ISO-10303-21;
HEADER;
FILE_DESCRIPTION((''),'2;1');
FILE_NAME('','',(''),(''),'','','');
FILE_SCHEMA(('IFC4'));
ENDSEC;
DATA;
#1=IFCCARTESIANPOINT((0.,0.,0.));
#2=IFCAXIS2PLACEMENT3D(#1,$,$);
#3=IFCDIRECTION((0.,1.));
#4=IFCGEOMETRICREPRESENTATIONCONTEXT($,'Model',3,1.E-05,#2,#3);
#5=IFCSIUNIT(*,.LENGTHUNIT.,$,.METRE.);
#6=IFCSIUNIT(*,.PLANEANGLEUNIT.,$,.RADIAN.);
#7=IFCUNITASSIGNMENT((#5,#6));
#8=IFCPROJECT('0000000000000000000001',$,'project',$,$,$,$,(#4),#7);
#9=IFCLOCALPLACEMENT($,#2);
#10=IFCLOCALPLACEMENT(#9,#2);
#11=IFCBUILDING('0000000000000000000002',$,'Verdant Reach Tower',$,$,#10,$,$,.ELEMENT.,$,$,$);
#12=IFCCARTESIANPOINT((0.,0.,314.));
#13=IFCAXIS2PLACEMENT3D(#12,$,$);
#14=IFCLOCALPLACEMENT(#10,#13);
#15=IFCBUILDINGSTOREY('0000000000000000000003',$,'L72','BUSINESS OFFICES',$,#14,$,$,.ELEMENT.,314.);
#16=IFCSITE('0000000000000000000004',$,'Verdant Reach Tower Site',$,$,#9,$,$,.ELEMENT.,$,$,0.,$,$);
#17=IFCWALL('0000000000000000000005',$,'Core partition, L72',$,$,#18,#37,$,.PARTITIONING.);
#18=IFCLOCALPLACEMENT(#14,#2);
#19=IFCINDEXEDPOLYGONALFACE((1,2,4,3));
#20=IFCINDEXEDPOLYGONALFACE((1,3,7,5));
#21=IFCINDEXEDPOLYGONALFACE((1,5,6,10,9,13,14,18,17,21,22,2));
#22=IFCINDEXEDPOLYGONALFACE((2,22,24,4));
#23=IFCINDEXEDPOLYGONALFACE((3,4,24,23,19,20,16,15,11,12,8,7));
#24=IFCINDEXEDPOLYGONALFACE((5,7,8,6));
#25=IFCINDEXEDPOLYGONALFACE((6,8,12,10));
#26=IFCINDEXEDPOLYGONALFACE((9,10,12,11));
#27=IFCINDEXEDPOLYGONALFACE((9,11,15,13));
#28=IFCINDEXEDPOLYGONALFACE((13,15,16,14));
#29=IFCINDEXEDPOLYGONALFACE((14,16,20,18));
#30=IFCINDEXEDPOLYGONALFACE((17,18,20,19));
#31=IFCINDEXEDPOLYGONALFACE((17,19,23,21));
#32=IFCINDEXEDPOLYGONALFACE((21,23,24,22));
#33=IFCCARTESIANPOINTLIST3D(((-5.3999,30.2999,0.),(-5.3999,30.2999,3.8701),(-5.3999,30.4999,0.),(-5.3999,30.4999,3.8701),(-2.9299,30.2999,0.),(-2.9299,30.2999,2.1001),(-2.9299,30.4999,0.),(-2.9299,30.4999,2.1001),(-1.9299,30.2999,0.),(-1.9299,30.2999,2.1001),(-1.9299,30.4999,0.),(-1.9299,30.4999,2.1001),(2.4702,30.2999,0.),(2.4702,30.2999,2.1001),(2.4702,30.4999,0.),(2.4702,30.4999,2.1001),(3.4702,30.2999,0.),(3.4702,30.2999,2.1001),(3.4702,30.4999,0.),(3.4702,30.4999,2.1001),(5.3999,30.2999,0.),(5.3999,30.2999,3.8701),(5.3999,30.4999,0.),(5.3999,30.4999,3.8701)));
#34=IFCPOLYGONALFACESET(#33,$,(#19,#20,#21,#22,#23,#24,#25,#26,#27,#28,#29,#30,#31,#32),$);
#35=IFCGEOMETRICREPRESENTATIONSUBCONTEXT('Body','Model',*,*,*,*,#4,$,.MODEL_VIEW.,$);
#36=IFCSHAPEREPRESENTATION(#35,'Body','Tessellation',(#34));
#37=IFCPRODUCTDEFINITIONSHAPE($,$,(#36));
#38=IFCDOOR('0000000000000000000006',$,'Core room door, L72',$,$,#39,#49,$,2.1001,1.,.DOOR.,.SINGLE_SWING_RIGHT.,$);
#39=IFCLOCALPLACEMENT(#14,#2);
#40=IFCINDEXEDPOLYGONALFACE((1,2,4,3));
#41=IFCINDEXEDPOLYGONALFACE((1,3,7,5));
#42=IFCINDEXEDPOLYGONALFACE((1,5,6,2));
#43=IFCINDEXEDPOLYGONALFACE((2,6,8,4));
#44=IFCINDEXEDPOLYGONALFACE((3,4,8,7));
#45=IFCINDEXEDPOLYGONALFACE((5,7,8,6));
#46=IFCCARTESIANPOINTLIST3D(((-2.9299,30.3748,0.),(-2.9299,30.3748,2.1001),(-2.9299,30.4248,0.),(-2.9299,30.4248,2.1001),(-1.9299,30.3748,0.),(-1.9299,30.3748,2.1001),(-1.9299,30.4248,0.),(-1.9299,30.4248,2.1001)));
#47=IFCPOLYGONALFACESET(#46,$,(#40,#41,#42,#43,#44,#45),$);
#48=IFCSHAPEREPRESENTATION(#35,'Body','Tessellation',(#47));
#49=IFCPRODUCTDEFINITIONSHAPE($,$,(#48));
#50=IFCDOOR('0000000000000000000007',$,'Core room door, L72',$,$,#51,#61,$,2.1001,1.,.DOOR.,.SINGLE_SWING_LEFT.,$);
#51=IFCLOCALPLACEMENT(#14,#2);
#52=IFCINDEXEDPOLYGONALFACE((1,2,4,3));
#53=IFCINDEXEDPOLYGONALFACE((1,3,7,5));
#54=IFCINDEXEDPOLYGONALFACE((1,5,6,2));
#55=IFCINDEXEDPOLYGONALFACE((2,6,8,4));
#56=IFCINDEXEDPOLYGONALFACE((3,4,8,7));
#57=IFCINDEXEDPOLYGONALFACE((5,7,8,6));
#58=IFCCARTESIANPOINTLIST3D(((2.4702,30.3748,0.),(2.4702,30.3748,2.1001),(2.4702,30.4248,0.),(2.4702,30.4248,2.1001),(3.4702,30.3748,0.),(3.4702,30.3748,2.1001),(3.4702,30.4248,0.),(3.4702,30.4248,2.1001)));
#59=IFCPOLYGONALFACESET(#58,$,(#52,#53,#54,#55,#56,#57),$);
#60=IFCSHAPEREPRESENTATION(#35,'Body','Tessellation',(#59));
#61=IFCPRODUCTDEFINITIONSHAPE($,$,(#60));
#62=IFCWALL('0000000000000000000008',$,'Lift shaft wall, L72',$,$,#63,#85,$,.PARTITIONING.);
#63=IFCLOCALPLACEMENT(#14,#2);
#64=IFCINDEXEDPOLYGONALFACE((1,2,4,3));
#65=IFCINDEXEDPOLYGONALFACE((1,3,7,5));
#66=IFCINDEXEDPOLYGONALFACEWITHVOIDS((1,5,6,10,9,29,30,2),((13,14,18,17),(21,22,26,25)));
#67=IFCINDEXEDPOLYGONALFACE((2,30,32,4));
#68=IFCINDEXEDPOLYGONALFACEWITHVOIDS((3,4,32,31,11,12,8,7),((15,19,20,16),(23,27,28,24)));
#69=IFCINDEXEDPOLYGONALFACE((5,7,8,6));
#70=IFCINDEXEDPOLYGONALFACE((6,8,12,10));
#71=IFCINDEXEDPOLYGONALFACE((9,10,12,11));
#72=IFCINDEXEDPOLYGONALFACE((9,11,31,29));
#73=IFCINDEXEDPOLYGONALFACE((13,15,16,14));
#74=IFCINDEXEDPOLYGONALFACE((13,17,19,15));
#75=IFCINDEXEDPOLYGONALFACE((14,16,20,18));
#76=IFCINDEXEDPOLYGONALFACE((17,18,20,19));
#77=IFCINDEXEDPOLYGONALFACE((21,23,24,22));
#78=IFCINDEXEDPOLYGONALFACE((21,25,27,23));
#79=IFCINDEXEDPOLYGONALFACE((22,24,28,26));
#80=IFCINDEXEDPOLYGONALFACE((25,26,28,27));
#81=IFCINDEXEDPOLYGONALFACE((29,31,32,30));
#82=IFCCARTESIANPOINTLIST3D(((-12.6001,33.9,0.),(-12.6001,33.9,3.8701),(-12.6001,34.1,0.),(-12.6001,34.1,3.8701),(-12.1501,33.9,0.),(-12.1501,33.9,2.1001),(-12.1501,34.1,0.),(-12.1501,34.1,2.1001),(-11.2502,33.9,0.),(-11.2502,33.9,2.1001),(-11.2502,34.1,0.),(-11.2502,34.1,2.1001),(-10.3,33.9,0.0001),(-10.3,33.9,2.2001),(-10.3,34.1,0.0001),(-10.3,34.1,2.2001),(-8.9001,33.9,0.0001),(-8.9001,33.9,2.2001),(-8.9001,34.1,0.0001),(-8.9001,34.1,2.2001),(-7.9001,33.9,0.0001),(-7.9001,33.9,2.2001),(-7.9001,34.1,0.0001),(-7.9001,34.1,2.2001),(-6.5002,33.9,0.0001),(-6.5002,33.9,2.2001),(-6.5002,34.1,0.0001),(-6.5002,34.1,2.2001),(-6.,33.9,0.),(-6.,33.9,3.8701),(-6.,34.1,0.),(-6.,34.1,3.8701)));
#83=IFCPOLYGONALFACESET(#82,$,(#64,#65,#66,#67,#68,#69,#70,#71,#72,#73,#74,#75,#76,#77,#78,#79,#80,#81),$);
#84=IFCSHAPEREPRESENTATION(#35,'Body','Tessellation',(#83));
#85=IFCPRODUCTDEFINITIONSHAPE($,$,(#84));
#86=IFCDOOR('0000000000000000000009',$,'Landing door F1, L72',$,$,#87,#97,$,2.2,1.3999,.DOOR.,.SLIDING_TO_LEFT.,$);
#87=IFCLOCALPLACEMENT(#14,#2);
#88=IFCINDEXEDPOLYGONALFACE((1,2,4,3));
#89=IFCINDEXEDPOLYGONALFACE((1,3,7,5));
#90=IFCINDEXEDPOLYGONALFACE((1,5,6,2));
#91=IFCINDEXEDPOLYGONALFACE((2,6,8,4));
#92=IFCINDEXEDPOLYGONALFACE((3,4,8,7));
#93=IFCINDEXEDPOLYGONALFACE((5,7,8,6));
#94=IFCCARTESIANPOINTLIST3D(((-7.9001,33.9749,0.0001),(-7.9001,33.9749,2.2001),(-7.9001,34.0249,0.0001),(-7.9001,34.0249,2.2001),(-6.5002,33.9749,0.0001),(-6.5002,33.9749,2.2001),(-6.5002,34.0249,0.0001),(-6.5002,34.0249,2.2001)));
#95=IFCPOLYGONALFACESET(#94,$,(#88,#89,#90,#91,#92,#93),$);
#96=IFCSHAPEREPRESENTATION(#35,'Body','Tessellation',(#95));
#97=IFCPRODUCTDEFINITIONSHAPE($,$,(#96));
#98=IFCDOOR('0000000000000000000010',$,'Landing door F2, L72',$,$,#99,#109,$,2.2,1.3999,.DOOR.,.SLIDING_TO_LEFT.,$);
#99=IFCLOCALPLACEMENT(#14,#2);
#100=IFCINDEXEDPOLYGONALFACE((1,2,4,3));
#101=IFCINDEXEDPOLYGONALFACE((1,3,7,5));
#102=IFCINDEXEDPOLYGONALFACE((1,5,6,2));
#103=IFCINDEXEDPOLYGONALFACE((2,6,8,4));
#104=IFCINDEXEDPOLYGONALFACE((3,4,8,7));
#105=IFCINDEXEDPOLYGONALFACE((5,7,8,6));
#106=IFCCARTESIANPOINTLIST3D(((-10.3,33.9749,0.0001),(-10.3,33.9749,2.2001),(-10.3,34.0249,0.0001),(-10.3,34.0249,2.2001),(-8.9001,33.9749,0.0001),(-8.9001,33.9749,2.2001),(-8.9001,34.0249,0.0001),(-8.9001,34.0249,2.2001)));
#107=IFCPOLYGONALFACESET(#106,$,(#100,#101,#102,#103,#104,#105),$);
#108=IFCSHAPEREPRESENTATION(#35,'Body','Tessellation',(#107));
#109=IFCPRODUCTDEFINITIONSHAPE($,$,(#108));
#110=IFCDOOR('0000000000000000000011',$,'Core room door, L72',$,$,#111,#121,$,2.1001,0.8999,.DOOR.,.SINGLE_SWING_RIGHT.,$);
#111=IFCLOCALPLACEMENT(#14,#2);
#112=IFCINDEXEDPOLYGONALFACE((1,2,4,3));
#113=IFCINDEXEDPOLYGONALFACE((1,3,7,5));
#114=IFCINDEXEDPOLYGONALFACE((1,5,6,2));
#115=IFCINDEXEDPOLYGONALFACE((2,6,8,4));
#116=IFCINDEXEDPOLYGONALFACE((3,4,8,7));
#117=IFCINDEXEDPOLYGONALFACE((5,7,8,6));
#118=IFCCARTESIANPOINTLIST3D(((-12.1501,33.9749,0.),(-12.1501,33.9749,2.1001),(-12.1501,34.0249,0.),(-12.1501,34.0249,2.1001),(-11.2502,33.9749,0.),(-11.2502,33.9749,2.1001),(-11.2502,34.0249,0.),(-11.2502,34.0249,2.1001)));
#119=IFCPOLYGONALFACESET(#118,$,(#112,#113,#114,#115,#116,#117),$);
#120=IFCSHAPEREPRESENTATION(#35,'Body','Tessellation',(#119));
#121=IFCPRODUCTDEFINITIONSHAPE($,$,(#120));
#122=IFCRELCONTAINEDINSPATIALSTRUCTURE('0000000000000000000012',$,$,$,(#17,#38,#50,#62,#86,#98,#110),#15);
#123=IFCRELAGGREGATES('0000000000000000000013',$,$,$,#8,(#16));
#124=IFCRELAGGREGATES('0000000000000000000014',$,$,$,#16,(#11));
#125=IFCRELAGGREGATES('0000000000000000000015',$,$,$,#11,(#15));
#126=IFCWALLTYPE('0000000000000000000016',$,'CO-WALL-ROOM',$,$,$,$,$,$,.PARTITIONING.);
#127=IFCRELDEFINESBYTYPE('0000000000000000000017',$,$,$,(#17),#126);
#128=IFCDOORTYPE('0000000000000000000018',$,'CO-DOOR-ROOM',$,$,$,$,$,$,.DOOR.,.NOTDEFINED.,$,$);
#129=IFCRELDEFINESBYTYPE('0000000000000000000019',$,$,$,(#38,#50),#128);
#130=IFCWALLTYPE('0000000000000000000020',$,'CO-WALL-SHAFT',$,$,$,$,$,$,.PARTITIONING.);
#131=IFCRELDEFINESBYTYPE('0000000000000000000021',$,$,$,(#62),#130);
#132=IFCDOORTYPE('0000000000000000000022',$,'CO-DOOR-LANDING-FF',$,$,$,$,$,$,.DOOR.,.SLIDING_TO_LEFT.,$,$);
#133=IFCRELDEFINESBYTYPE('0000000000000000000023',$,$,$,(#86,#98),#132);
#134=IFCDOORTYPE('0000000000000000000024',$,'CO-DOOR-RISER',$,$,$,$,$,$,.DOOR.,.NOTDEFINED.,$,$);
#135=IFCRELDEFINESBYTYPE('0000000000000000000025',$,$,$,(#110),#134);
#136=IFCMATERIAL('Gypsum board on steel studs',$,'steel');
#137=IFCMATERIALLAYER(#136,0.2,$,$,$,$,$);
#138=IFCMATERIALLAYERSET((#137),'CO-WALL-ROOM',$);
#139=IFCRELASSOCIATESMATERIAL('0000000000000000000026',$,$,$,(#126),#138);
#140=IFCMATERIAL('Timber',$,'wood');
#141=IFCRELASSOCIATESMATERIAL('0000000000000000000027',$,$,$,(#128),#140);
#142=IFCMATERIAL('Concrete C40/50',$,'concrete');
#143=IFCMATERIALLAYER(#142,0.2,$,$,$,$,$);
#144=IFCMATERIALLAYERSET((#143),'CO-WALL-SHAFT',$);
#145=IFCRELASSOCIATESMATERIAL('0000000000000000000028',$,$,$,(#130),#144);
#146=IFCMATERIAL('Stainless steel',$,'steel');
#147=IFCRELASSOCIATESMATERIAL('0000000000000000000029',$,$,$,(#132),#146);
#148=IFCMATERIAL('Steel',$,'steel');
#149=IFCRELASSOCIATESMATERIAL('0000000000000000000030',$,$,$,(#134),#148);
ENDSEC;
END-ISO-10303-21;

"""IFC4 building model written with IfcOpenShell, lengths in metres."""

from ifc_helpers import new_model, si_unit, direction, frame, frame_2d, origin, place, context, subcontext, project, spatial, rectangle, extrude, material, layer, layer_set, type_object, element, fill, save


model = new_model("IFC4")

# Units and contexts
model_context = context("Model", 3, precision=1e-05, world=origin(), true_north=direction((0.0, 1.0)))
body_context = subcontext(model_context, "Body", "Model", "MODEL_VIEW")
ifc_project = project(units=[si_unit("LENGTHUNIT", "METRE"), si_unit("PLANEANGLEUNIT", "RADIAN")], contexts=[model_context])

# Site, building, storey
site_placement = place(None, origin())
site = spatial("IfcSite", under=ifc_project, at=site_placement, Name="Verdant Reach Tower Site", CompositionType="ELEMENT", RefElevation=0.0)
building_placement = place(site_placement, origin())
building = spatial("IfcBuilding", under=site, at=building_placement, Name="Verdant Reach Tower", CompositionType="ELEMENT")
storey_placement = place(building_placement, frame((0.0, 0.0, 314.0)))
storey = spatial("IfcBuildingStorey", under=building, at=storey_placement, Name="L72", Description="BUSINESS OFFICES", CompositionType="ELEMENT", Elevation=314.0)

# Walls, openings, doors
ifc_material_1 = material(Name="Gypsum board on steel studs", Category="steel")
ifc_layer_1 = layer(ifc_material_1, 0.2)
ifc_layer_set_1 = layer_set([ifc_layer_1], Name="CO-WALL-ROOM")
wall_type_1 = type_object("IfcWallType", Name="CO-WALL-ROOM", PredefinedType="PARTITIONING", material=ifc_layer_set_1)
wall_1_placement = place(storey_placement, frame((-5.3999, 30.3999, 0.0), z_axis=(0.0, 0.0, 1.0), x_axis=(1.0, 0.0, 0.0)))
wall_1 = element("IfcWall", 1, at=wall_1_placement, inside=storey, type_object=wall_type_1, Name="Core partition, L72", PredefinedType="PARTITIONING", context=body_context, shape_type="SweptSolid", body=[
    extrude(rectangle(XDim=10.7998, YDim=0.2, at=frame_2d((5.3999, 0.0))), origin(), (0.0, 0.0, 1.0), 3.8701),
])
opening_1_placement = place(wall_1_placement, frame((2.47, 0.0, 0.0)))
opening_1 = element("IfcOpeningElement", 2, at=opening_1_placement, cuts=wall_1, PredefinedType="OPENING", context=body_context, shape_type="SweptSolid", body=[
    extrude(rectangle(XDim=1.0, YDim=2.1001, at=frame_2d((0.5, 1.05))), frame((0.0, 0.1099, 0.0), z_axis=(0.0, -1.0, 0.0), x_axis=(1.0, 0.0, 0.0)), (0.0, 0.0, 1.0), 0.22),
])
opening_2_placement = place(wall_1_placement, frame((7.8701, 0.0, 0.0)))
opening_2 = element("IfcOpeningElement", 3, at=opening_2_placement, cuts=wall_1, PredefinedType="OPENING", context=body_context, shape_type="SweptSolid", body=[
    extrude(rectangle(XDim=1.0, YDim=2.1001, at=frame_2d((0.5, 1.05))), frame((0.0, 0.1099, 0.0), z_axis=(0.0, -1.0, 0.0), x_axis=(1.0, 0.0, 0.0)), (0.0, 0.0, 1.0), 0.22),
])
ifc_material_2 = material(Name="Timber", Category="wood")
door_type_1 = type_object("IfcDoorType", Name="CO-DOOR-ROOM", OperationType="NOTDEFINED", PredefinedType="DOOR", material=ifc_material_2)
door_1_placement = place(opening_1_placement, origin())
door_1 = element("IfcDoor", 4, at=door_1_placement, inside=storey, type_object=door_type_1, Name="Core room door, L72", OperationType="SINGLE_SWING_RIGHT", OverallHeight=2.1001, OverallWidth=1.0, PredefinedType="DOOR", context=body_context, shape_type="SweptSolid", body=[
    extrude(rectangle(XDim=1.0, YDim=2.1001, at=frame_2d((0.5, 1.05))), frame((0.0, 0.0249, 0.0), z_axis=(0.0, -1.0, 0.0), x_axis=(1.0, 0.0, 0.0)), (0.0, 0.0, 1.0), 0.05),
])
fill(opening_1, door_1)
door_2_placement = place(opening_2_placement, origin())
door_2 = element("IfcDoor", 5, at=door_2_placement, inside=storey, type_object=door_type_1, Name="Core room door, L72", OperationType="SINGLE_SWING_LEFT", OverallHeight=2.1001, OverallWidth=1.0, PredefinedType="DOOR", context=body_context, shape_type="SweptSolid", body=[
    extrude(rectangle(XDim=1.0, YDim=2.1001, at=frame_2d((0.5, 1.05))), frame((0.0, 0.0249, 0.0), z_axis=(0.0, -1.0, 0.0), x_axis=(1.0, 0.0, 0.0)), (0.0, 0.0, 1.0), 0.05),
])
fill(opening_2, door_2)
ifc_material_3 = material(Name="Concrete C40/50", Category="concrete")
ifc_layer_2 = layer(ifc_material_3, 0.2)
ifc_layer_set_2 = layer_set([ifc_layer_2], Name="CO-WALL-SHAFT")
wall_type_2 = type_object("IfcWallType", Name="CO-WALL-SHAFT", PredefinedType="PARTITIONING", material=ifc_layer_set_2)
wall_2_placement = place(storey_placement, frame((-12.6001, 34.0, 0.0), z_axis=(0.0, 0.0, 1.0), x_axis=(1.0, 0.0, 0.0)))
wall_2 = element("IfcWall", 6, at=wall_2_placement, inside=storey, type_object=wall_type_2, Name="Lift shaft wall, L72", PredefinedType="PARTITIONING", context=body_context, shape_type="SweptSolid", body=[
    extrude(rectangle(XDim=6.6001, YDim=0.2, at=frame_2d((3.3, 0.0))), origin(), (0.0, 0.0, 1.0), 3.8701),
])
opening_3_placement = place(wall_2_placement, frame((4.7, 0.0, 0.0)))
opening_3 = element("IfcOpeningElement", 7, at=opening_3_placement, cuts=wall_2, PredefinedType="OPENING", context=body_context, shape_type="SweptSolid", body=[
    extrude(rectangle(XDim=1.3999, YDim=2.2, at=frame_2d((0.7, 1.1001))), frame((0.0, 0.1099, 0.0), z_axis=(0.0, -1.0, 0.0), x_axis=(1.0, 0.0, 0.0)), (0.0, 0.0, 1.0), 0.22),
])
opening_4_placement = place(wall_2_placement, frame((2.3, 0.0, 0.0)))
opening_4 = element("IfcOpeningElement", 8, at=opening_4_placement, cuts=wall_2, PredefinedType="OPENING", context=body_context, shape_type="SweptSolid", body=[
    extrude(rectangle(XDim=1.3999, YDim=2.2, at=frame_2d((0.7, 1.1001))), frame((0.0, 0.1099, 0.0), z_axis=(0.0, -1.0, 0.0), x_axis=(1.0, 0.0, 0.0)), (0.0, 0.0, 1.0), 0.22),
])
opening_5_placement = place(wall_2_placement, frame((0.45, 0.0, 0.0)))
opening_5 = element("IfcOpeningElement", 9, at=opening_5_placement, cuts=wall_2, PredefinedType="OPENING", context=body_context, shape_type="SweptSolid", body=[
    extrude(rectangle(XDim=0.8999, YDim=2.1001, at=frame_2d((0.45, 1.05))), frame((0.0, 0.1099, 0.0), z_axis=(0.0, -1.0, 0.0), x_axis=(1.0, 0.0, 0.0)), (0.0, 0.0, 1.0), 0.22),
])
ifc_material_4 = material(Name="Stainless steel", Category="steel")
door_type_2 = type_object("IfcDoorType", Name="CO-DOOR-LANDING-FF", OperationType="SLIDING_TO_LEFT", PredefinedType="DOOR", material=ifc_material_4)
door_3_placement = place(opening_3_placement, origin())
door_3 = element("IfcDoor", 10, at=door_3_placement, inside=storey, type_object=door_type_2, Name="Landing door F1, L72", OperationType="SLIDING_TO_LEFT", OverallHeight=2.2, OverallWidth=1.3999, PredefinedType="DOOR", context=body_context, shape_type="SweptSolid", body=[
    extrude(rectangle(XDim=1.3999, YDim=2.2, at=frame_2d((0.7, 1.1001))), frame((0.0, 0.0249, 0.0), z_axis=(0.0, -1.0, 0.0), x_axis=(1.0, 0.0, 0.0)), (0.0, 0.0, 1.0), 0.05),
])
fill(opening_3, door_3)
door_4_placement = place(opening_4_placement, origin())
door_4 = element("IfcDoor", 11, at=door_4_placement, inside=storey, type_object=door_type_2, Name="Landing door F2, L72", OperationType="SLIDING_TO_LEFT", OverallHeight=2.2, OverallWidth=1.3999, PredefinedType="DOOR", context=body_context, shape_type="SweptSolid", body=[
    extrude(rectangle(XDim=1.3999, YDim=2.2, at=frame_2d((0.7, 1.1001))), frame((0.0, 0.0249, 0.0), z_axis=(0.0, -1.0, 0.0), x_axis=(1.0, 0.0, 0.0)), (0.0, 0.0, 1.0), 0.05),
])
fill(opening_4, door_4)
ifc_material_5 = material(Name="Steel", Category="steel")
door_type_3 = type_object("IfcDoorType", Name="CO-DOOR-RISER", OperationType="NOTDEFINED", PredefinedType="DOOR", material=ifc_material_5)
door_5_placement = place(opening_5_placement, origin())
door_5 = element("IfcDoor", 12, at=door_5_placement, inside=storey, type_object=door_type_3, Name="Core room door, L72", OperationType="SINGLE_SWING_RIGHT", OverallHeight=2.1001, OverallWidth=0.8999, PredefinedType="DOOR", context=body_context, shape_type="SweptSolid", body=[
    extrude(rectangle(XDim=0.8999, YDim=2.1001, at=frame_2d((0.45, 1.05))), frame((0.0, 0.0249, 0.0), z_axis=(0.0, -1.0, 0.0), x_axis=(1.0, 0.0, 0.0)), (0.0, 0.0, 1.0), 0.05),
])
fill(opening_5, door_5)

save(model, "model.ifc")
